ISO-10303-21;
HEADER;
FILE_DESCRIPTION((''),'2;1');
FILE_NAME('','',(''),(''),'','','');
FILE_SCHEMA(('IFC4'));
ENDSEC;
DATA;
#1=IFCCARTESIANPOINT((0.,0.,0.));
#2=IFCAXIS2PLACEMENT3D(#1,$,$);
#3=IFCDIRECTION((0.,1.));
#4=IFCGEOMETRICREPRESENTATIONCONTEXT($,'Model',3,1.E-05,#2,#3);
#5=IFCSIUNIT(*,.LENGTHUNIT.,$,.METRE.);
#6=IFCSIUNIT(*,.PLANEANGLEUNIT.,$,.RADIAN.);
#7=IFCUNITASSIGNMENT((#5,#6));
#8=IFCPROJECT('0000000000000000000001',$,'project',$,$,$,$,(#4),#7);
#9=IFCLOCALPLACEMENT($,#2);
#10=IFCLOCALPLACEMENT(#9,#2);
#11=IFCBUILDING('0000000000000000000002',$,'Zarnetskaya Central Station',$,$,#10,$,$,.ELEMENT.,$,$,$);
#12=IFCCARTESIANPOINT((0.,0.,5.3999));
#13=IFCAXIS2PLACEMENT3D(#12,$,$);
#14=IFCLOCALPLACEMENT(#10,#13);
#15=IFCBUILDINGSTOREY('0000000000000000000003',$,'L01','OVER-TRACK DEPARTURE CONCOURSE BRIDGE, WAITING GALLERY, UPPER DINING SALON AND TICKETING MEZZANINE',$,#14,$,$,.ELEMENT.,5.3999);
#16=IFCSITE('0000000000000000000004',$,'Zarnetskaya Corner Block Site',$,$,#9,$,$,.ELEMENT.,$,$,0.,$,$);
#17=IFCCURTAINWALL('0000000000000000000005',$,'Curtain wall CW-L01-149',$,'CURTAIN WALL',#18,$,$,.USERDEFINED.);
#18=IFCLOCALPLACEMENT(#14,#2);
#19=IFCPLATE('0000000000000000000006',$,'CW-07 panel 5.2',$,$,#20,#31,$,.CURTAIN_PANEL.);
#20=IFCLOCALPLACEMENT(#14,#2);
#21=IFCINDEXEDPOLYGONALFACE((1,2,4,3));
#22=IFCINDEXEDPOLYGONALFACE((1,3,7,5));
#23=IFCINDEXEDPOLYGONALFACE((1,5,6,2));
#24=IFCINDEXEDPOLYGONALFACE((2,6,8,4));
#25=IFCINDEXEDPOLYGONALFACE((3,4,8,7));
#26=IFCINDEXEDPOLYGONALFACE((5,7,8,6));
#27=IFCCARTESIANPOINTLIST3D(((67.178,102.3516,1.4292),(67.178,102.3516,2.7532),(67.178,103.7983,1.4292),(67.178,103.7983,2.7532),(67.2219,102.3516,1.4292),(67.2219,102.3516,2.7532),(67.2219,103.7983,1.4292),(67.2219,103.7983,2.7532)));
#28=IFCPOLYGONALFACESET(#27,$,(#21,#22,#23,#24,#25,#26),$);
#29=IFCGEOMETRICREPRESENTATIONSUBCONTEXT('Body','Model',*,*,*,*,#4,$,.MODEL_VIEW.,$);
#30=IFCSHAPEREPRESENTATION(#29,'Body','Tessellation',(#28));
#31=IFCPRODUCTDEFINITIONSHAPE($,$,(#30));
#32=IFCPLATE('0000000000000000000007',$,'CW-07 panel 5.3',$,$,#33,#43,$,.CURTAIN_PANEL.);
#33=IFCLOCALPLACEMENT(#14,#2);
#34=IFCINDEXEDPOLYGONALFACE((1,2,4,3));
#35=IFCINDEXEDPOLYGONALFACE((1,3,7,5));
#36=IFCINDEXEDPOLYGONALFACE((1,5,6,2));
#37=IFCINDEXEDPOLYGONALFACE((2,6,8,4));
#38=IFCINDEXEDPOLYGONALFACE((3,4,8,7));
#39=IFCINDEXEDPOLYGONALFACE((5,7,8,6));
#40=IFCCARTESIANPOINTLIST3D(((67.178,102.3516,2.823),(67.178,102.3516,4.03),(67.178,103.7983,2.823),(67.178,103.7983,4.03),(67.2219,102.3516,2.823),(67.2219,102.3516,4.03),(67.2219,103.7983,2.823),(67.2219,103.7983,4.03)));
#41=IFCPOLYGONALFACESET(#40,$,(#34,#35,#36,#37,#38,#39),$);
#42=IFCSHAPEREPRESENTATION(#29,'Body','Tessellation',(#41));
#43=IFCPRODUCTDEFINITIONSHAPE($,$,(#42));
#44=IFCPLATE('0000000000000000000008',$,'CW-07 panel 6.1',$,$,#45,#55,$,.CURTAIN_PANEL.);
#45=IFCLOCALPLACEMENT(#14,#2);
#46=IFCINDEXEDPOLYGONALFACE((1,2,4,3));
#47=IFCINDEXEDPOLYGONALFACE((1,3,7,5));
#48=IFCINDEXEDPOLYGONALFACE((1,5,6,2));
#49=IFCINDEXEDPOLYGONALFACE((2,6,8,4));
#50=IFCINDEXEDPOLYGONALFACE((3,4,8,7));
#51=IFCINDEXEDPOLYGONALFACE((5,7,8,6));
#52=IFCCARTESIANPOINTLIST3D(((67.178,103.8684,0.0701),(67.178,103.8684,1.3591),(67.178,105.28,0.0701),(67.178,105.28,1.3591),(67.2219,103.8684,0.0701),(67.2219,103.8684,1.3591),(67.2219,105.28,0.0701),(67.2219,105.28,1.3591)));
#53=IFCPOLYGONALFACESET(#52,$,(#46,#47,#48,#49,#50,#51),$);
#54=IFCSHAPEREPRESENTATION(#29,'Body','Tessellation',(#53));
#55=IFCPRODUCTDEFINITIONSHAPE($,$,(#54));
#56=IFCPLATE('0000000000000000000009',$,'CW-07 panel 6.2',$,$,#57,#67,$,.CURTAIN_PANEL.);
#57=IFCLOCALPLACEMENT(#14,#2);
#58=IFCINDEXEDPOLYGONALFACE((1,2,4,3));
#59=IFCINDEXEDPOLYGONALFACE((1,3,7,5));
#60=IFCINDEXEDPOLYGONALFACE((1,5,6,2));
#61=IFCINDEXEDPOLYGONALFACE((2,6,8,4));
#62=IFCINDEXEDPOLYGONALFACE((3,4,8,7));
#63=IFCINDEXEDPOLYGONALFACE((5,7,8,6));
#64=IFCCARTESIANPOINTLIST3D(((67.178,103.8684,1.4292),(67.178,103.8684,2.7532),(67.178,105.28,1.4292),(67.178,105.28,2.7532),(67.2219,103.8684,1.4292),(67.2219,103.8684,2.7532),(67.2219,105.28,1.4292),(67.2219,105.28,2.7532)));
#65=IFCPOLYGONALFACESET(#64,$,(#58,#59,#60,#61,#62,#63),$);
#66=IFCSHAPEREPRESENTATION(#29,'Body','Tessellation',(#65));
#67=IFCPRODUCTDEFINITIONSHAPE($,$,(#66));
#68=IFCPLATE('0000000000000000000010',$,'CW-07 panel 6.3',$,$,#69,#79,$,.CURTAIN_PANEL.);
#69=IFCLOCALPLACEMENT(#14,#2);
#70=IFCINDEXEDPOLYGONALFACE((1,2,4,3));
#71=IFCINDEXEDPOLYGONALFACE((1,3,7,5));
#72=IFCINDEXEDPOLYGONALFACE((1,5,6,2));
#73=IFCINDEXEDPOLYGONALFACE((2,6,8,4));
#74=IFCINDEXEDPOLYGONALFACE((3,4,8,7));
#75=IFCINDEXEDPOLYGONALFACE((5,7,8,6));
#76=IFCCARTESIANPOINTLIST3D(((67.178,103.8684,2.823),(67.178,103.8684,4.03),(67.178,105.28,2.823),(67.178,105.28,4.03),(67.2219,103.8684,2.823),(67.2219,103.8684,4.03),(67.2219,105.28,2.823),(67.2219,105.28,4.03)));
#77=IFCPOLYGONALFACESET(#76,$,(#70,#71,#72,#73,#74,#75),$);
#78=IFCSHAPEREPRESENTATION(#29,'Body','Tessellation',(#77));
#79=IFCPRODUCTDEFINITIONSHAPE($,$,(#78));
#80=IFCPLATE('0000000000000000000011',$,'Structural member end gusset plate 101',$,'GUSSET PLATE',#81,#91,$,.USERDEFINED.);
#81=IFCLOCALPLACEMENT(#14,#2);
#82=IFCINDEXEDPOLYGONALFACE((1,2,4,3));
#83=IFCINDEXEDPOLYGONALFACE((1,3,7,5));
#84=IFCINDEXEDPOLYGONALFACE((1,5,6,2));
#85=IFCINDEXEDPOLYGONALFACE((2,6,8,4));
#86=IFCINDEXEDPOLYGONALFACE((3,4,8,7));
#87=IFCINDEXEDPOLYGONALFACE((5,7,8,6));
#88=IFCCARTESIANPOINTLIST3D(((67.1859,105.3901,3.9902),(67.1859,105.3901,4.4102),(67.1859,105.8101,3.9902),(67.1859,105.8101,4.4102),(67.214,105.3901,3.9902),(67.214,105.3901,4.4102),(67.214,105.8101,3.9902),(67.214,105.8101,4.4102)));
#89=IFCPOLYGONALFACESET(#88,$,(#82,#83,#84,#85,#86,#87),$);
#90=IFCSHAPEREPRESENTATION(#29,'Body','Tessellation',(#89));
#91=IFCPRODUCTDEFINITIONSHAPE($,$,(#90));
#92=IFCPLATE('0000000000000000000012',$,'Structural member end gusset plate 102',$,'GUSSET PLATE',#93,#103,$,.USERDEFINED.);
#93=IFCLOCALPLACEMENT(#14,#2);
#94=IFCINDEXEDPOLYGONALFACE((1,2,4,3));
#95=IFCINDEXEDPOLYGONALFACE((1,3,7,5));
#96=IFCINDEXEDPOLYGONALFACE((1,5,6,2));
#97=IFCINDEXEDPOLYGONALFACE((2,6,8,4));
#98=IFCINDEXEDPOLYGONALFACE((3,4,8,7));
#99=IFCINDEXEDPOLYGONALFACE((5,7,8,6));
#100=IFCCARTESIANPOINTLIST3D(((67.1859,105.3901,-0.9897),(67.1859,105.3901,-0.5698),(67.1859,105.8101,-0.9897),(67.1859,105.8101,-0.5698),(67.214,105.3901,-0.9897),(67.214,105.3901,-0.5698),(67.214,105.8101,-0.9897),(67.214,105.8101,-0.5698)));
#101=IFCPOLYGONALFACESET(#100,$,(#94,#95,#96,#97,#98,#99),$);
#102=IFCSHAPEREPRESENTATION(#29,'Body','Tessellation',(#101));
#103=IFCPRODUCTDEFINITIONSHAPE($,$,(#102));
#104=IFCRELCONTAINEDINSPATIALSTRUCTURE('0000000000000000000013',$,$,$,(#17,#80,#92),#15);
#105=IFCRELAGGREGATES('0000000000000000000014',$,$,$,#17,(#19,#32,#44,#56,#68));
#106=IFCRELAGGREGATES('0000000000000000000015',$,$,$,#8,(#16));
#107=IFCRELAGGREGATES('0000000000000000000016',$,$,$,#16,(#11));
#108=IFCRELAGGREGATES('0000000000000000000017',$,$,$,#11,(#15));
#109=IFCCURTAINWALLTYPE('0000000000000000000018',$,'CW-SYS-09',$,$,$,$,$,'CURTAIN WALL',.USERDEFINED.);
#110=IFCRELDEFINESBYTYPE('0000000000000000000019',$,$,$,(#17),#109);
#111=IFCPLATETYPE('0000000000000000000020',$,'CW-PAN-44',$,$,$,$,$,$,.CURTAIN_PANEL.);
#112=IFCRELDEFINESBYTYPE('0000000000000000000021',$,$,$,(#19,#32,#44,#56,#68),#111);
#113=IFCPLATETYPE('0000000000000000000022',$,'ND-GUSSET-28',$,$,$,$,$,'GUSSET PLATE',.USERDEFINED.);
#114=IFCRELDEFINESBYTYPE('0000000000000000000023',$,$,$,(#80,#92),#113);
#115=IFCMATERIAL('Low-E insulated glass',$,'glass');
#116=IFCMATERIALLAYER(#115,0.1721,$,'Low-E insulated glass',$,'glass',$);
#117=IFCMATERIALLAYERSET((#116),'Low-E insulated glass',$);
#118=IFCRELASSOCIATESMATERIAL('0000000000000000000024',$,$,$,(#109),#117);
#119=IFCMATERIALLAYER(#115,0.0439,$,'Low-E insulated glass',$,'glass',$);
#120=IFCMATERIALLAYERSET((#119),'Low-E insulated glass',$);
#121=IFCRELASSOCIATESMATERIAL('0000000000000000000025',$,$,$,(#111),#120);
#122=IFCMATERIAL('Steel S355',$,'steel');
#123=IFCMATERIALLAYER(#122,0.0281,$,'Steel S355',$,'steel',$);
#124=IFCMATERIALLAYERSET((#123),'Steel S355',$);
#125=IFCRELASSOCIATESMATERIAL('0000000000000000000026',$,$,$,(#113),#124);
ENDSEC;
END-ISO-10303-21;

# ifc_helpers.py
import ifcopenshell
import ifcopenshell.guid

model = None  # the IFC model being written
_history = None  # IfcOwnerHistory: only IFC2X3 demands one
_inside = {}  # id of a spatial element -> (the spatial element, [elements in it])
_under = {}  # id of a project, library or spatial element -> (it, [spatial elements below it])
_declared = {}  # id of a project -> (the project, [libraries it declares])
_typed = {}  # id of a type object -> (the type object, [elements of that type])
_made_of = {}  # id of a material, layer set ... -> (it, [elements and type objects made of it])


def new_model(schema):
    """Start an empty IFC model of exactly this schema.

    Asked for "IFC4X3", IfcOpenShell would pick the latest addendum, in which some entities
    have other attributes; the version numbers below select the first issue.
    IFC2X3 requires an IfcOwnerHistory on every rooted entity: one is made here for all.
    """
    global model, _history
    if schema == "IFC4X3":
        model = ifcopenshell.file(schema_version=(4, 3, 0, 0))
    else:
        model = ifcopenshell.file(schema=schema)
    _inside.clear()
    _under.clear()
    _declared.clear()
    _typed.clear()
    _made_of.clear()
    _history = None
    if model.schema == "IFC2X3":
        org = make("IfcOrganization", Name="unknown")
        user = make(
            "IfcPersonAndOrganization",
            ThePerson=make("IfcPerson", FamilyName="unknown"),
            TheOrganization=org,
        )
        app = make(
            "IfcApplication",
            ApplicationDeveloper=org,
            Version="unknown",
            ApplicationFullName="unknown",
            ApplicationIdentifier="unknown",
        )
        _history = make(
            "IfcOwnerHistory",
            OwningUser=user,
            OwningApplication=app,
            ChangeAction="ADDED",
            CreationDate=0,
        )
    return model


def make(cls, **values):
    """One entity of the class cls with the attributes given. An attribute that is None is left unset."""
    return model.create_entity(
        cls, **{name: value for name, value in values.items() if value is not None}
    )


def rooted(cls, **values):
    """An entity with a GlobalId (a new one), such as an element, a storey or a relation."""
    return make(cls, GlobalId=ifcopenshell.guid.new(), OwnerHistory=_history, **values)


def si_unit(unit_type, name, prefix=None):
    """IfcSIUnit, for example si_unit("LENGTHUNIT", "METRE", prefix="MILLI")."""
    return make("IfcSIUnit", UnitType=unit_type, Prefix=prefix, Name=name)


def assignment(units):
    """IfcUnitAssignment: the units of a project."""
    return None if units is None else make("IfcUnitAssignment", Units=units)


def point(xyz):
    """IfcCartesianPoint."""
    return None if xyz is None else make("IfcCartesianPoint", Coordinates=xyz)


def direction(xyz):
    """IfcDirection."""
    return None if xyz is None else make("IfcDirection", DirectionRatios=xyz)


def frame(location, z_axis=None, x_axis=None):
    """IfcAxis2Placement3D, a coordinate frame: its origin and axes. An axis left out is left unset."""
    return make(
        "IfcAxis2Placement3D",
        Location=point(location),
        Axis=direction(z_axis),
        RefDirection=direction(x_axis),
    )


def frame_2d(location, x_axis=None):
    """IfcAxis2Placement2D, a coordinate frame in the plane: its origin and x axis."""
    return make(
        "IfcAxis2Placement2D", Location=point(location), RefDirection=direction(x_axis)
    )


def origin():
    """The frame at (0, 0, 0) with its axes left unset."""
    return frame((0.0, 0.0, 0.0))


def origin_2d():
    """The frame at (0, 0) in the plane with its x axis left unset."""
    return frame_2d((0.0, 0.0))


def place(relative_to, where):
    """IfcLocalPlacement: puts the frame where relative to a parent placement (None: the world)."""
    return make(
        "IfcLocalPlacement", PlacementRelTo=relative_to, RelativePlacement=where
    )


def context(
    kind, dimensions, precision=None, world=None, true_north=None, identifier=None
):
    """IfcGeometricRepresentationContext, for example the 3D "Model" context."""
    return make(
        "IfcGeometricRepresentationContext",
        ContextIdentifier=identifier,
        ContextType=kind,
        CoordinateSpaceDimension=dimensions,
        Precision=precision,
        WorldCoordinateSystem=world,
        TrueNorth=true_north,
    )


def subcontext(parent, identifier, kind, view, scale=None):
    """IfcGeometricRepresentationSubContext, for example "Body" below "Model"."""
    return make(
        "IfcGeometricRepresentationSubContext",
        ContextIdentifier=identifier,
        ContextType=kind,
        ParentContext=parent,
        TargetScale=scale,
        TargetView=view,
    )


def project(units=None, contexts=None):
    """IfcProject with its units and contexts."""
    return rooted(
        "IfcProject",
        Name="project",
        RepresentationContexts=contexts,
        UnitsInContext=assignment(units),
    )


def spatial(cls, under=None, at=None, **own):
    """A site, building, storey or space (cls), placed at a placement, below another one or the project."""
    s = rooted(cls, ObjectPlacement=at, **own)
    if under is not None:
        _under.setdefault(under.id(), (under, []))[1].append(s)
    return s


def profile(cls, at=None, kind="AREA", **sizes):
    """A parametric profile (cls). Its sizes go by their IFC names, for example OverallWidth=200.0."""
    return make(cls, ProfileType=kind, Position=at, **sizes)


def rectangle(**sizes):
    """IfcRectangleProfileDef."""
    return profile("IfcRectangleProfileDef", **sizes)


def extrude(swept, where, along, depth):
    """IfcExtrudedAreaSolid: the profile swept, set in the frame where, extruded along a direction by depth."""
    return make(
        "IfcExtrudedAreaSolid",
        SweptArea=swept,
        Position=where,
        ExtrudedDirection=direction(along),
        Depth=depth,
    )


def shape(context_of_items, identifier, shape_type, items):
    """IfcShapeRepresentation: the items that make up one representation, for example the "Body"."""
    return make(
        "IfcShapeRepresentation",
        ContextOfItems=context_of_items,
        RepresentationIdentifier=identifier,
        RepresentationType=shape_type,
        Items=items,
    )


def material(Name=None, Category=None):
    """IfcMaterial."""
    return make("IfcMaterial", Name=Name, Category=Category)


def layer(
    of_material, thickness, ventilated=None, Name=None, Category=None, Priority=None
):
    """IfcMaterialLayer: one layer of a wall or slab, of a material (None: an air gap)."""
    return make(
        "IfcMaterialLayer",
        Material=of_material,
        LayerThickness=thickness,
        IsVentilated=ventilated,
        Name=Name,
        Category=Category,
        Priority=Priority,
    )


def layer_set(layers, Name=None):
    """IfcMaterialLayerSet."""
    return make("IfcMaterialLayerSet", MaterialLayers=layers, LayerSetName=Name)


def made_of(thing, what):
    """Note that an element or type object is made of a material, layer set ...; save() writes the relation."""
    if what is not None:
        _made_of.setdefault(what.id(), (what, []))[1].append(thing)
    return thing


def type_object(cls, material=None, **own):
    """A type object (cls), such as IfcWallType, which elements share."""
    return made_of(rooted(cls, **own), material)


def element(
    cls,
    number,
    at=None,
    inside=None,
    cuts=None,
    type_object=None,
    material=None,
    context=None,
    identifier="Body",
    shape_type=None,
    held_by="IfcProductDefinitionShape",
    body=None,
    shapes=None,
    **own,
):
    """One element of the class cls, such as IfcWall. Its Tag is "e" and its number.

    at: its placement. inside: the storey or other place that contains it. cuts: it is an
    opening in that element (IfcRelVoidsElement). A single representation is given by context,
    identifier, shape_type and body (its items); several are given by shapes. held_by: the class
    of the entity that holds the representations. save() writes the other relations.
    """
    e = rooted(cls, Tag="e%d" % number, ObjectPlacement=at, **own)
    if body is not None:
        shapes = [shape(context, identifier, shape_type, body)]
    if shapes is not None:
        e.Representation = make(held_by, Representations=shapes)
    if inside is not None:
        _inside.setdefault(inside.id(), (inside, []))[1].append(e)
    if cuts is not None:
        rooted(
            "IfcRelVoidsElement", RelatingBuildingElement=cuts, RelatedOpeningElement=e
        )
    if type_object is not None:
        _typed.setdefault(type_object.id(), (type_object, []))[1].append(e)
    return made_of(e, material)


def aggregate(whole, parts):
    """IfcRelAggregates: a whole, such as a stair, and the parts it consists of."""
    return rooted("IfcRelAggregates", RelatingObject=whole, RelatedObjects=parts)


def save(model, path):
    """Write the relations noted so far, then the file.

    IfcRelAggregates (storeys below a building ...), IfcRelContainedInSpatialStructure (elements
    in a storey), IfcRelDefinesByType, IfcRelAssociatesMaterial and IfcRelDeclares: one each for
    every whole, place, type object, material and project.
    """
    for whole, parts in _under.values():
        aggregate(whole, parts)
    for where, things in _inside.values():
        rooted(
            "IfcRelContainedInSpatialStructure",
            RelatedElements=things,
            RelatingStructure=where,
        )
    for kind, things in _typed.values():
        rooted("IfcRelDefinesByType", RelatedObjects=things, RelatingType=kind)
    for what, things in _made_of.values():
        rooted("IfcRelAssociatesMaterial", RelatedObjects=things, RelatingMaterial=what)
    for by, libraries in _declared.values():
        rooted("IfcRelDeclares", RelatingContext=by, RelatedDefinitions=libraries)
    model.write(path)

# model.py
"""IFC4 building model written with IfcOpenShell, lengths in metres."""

from ifc_helpers import new_model, si_unit, direction, frame, origin, origin_2d, place, context, subcontext, project, spatial, rectangle, extrude, material, layer, layer_set, type_object, element, aggregate, save


model = new_model("IFC4")

# Units and contexts
model_context = context("Model", 3, precision=1e-05, world=origin(), true_north=direction((0.0, 1.0)))
body_context = subcontext(model_context, "Body", "Model", "MODEL_VIEW")
ifc_project = project(units=[si_unit("LENGTHUNIT", "METRE"), si_unit("PLANEANGLEUNIT", "RADIAN")], contexts=[model_context])

# Site, building, storey
site_placement = place(None, origin())
site = spatial("IfcSite", under=ifc_project, at=site_placement, Name="Zarnetskaya Corner Block Site", CompositionType="ELEMENT", RefElevation=0.0)
building_placement = place(site_placement, origin())
building = spatial("IfcBuilding", under=site, at=building_placement, Name="Zarnetskaya Central Station", CompositionType="ELEMENT")
storey_placement = place(building_placement, frame((0.0, 0.0, 5.3999)))
storey = spatial("IfcBuildingStorey", under=building, at=storey_placement, Name="L01", Description="OVER-TRACK DEPARTURE CONCOURSE BRIDGE, WAITING GALLERY, UPPER DINING SALON AND TICKETING MEZZANINE", CompositionType="ELEMENT", Elevation=5.3999)

# Shared definitions
ifc_material_1 = material(Name="Steel S355", Category="steel")

# Curtain wall
ifc_material_2 = material(Name="Low-E insulated glass", Category="glass")
ifc_layer_1 = layer(ifc_material_2, 0.1721, Name="Low-E insulated glass", Category="glass")
ifc_layer_set_1 = layer_set([ifc_layer_1], Name="Low-E insulated glass")
curtain_wall_type = type_object("IfcCurtainWallType", Name="CW-SYS-09", ElementType="CURTAIN WALL", PredefinedType="USERDEFINED", material=ifc_layer_set_1)
curtain_wall_1_placement = place(storey_placement, origin())
curtain_wall_1 = element("IfcCurtainWall", 1, at=curtain_wall_1_placement, inside=storey, type_object=curtain_wall_type, Name="Curtain wall CW-L01-149", ObjectType="CURTAIN WALL", PredefinedType="USERDEFINED")

# Plates
ifc_layer_2 = layer(ifc_material_2, 0.0439, Name="Low-E insulated glass", Category="glass")
ifc_layer_set_2 = layer_set([ifc_layer_2], Name="Low-E insulated glass")
plate_type_1 = type_object("IfcPlateType", Name="CW-PAN-44", PredefinedType="CURTAIN_PANEL", material=ifc_layer_set_2)
plate_1_placement = place(storey_placement, frame((67.2, 103.075, 1.4292), z_axis=(0.0, 0.0, 1.0), x_axis=(0.0, 1.0, 0.0)))
plate_1 = element("IfcPlate", 2, at=plate_1_placement, type_object=plate_type_1, Name="CW-07 panel 5.2", PredefinedType="CURTAIN_PANEL", context=body_context, shape_type="SweptSolid", body=[
    extrude(rectangle(XDim=1.4468, YDim=0.0439, at=origin_2d()), origin(), (0.0, 0.0, 1.0), 1.324),
])
plate_2_placement = place(storey_placement, frame((67.2, 103.075, 2.823), z_axis=(0.0, 0.0, 1.0), x_axis=(0.0, 1.0, 0.0)))
plate_2 = element("IfcPlate", 3, at=plate_2_placement, type_object=plate_type_1, Name="CW-07 panel 5.3", PredefinedType="CURTAIN_PANEL", context=body_context, shape_type="SweptSolid", body=[
    extrude(rectangle(XDim=1.4468, YDim=0.0439, at=origin_2d()), origin(), (0.0, 0.0, 1.0), 1.207),
])
plate_3_placement = place(storey_placement, frame((67.2, 104.5742, 0.0701), z_axis=(0.0, 0.0, 1.0), x_axis=(0.0, 1.0, 0.0)))
plate_3 = element("IfcPlate", 4, at=plate_3_placement, type_object=plate_type_1, Name="CW-07 panel 6.1", PredefinedType="CURTAIN_PANEL", context=body_context, shape_type="SweptSolid", body=[
    extrude(rectangle(XDim=1.4116, YDim=0.0439, at=origin_2d()), origin(), (0.0, 0.0, 1.0), 1.2891),
])
plate_4_placement = place(storey_placement, frame((67.2, 104.5742, 1.4292), z_axis=(0.0, 0.0, 1.0), x_axis=(0.0, 1.0, 0.0)))
plate_4 = element("IfcPlate", 5, at=plate_4_placement, type_object=plate_type_1, Name="CW-07 panel 6.2", PredefinedType="CURTAIN_PANEL", context=body_context, shape_type="SweptSolid", body=[
    extrude(rectangle(XDim=1.4116, YDim=0.0439, at=origin_2d()), origin(), (0.0, 0.0, 1.0), 1.324),
])
plate_5_placement = place(storey_placement, frame((67.2, 104.5742, 2.823), z_axis=(0.0, 0.0, 1.0), x_axis=(0.0, 1.0, 0.0)))
plate_5 = element("IfcPlate", 6, at=plate_5_placement, type_object=plate_type_1, Name="CW-07 panel 6.3", PredefinedType="CURTAIN_PANEL", context=body_context, shape_type="SweptSolid", body=[
    extrude(rectangle(XDim=1.4116, YDim=0.0439, at=origin_2d()), origin(), (0.0, 0.0, 1.0), 1.207),
])
aggregate(curtain_wall_1, [plate_1, plate_2, plate_3, plate_4, plate_5])

# Plates
ifc_layer_3 = layer(ifc_material_1, 0.0281, Name="Steel S355", Category="steel")
ifc_layer_set_3 = layer_set([ifc_layer_3], Name="Steel S355")
plate_type_2 = type_object("IfcPlateType", Name="ND-GUSSET-28", ElementType="GUSSET PLATE", PredefinedType="USERDEFINED", material=ifc_layer_set_3)
for number, where, z_axis, x_axis, name in (
    (7, (67.2, 105.6001, 3.9902), (0.0, 0.0, 1.0), (1.0, 0.0, 0.0), "Structural member end gusset plate 101"),
    (8, (67.2, 105.6001, -0.9897), (0.0, 0.0, 1.0), (1.0, 0.0, 0.0), "Structural member end gusset plate 102"),
):
    element("IfcPlate", number, at=place(storey_placement, frame(where, z_axis=z_axis, x_axis=x_axis)), inside=storey, type_object=plate_type_2, Name=name, ObjectType="GUSSET PLATE", PredefinedType="USERDEFINED", context=body_context, shape_type="SweptSolid", body=[
        extrude(rectangle(XDim=0.0281, YDim=0.4199, at=origin_2d()), origin(), (0.0, 0.0, 1.0), 0.4199),
    ])

save(model, "model.ifc")
